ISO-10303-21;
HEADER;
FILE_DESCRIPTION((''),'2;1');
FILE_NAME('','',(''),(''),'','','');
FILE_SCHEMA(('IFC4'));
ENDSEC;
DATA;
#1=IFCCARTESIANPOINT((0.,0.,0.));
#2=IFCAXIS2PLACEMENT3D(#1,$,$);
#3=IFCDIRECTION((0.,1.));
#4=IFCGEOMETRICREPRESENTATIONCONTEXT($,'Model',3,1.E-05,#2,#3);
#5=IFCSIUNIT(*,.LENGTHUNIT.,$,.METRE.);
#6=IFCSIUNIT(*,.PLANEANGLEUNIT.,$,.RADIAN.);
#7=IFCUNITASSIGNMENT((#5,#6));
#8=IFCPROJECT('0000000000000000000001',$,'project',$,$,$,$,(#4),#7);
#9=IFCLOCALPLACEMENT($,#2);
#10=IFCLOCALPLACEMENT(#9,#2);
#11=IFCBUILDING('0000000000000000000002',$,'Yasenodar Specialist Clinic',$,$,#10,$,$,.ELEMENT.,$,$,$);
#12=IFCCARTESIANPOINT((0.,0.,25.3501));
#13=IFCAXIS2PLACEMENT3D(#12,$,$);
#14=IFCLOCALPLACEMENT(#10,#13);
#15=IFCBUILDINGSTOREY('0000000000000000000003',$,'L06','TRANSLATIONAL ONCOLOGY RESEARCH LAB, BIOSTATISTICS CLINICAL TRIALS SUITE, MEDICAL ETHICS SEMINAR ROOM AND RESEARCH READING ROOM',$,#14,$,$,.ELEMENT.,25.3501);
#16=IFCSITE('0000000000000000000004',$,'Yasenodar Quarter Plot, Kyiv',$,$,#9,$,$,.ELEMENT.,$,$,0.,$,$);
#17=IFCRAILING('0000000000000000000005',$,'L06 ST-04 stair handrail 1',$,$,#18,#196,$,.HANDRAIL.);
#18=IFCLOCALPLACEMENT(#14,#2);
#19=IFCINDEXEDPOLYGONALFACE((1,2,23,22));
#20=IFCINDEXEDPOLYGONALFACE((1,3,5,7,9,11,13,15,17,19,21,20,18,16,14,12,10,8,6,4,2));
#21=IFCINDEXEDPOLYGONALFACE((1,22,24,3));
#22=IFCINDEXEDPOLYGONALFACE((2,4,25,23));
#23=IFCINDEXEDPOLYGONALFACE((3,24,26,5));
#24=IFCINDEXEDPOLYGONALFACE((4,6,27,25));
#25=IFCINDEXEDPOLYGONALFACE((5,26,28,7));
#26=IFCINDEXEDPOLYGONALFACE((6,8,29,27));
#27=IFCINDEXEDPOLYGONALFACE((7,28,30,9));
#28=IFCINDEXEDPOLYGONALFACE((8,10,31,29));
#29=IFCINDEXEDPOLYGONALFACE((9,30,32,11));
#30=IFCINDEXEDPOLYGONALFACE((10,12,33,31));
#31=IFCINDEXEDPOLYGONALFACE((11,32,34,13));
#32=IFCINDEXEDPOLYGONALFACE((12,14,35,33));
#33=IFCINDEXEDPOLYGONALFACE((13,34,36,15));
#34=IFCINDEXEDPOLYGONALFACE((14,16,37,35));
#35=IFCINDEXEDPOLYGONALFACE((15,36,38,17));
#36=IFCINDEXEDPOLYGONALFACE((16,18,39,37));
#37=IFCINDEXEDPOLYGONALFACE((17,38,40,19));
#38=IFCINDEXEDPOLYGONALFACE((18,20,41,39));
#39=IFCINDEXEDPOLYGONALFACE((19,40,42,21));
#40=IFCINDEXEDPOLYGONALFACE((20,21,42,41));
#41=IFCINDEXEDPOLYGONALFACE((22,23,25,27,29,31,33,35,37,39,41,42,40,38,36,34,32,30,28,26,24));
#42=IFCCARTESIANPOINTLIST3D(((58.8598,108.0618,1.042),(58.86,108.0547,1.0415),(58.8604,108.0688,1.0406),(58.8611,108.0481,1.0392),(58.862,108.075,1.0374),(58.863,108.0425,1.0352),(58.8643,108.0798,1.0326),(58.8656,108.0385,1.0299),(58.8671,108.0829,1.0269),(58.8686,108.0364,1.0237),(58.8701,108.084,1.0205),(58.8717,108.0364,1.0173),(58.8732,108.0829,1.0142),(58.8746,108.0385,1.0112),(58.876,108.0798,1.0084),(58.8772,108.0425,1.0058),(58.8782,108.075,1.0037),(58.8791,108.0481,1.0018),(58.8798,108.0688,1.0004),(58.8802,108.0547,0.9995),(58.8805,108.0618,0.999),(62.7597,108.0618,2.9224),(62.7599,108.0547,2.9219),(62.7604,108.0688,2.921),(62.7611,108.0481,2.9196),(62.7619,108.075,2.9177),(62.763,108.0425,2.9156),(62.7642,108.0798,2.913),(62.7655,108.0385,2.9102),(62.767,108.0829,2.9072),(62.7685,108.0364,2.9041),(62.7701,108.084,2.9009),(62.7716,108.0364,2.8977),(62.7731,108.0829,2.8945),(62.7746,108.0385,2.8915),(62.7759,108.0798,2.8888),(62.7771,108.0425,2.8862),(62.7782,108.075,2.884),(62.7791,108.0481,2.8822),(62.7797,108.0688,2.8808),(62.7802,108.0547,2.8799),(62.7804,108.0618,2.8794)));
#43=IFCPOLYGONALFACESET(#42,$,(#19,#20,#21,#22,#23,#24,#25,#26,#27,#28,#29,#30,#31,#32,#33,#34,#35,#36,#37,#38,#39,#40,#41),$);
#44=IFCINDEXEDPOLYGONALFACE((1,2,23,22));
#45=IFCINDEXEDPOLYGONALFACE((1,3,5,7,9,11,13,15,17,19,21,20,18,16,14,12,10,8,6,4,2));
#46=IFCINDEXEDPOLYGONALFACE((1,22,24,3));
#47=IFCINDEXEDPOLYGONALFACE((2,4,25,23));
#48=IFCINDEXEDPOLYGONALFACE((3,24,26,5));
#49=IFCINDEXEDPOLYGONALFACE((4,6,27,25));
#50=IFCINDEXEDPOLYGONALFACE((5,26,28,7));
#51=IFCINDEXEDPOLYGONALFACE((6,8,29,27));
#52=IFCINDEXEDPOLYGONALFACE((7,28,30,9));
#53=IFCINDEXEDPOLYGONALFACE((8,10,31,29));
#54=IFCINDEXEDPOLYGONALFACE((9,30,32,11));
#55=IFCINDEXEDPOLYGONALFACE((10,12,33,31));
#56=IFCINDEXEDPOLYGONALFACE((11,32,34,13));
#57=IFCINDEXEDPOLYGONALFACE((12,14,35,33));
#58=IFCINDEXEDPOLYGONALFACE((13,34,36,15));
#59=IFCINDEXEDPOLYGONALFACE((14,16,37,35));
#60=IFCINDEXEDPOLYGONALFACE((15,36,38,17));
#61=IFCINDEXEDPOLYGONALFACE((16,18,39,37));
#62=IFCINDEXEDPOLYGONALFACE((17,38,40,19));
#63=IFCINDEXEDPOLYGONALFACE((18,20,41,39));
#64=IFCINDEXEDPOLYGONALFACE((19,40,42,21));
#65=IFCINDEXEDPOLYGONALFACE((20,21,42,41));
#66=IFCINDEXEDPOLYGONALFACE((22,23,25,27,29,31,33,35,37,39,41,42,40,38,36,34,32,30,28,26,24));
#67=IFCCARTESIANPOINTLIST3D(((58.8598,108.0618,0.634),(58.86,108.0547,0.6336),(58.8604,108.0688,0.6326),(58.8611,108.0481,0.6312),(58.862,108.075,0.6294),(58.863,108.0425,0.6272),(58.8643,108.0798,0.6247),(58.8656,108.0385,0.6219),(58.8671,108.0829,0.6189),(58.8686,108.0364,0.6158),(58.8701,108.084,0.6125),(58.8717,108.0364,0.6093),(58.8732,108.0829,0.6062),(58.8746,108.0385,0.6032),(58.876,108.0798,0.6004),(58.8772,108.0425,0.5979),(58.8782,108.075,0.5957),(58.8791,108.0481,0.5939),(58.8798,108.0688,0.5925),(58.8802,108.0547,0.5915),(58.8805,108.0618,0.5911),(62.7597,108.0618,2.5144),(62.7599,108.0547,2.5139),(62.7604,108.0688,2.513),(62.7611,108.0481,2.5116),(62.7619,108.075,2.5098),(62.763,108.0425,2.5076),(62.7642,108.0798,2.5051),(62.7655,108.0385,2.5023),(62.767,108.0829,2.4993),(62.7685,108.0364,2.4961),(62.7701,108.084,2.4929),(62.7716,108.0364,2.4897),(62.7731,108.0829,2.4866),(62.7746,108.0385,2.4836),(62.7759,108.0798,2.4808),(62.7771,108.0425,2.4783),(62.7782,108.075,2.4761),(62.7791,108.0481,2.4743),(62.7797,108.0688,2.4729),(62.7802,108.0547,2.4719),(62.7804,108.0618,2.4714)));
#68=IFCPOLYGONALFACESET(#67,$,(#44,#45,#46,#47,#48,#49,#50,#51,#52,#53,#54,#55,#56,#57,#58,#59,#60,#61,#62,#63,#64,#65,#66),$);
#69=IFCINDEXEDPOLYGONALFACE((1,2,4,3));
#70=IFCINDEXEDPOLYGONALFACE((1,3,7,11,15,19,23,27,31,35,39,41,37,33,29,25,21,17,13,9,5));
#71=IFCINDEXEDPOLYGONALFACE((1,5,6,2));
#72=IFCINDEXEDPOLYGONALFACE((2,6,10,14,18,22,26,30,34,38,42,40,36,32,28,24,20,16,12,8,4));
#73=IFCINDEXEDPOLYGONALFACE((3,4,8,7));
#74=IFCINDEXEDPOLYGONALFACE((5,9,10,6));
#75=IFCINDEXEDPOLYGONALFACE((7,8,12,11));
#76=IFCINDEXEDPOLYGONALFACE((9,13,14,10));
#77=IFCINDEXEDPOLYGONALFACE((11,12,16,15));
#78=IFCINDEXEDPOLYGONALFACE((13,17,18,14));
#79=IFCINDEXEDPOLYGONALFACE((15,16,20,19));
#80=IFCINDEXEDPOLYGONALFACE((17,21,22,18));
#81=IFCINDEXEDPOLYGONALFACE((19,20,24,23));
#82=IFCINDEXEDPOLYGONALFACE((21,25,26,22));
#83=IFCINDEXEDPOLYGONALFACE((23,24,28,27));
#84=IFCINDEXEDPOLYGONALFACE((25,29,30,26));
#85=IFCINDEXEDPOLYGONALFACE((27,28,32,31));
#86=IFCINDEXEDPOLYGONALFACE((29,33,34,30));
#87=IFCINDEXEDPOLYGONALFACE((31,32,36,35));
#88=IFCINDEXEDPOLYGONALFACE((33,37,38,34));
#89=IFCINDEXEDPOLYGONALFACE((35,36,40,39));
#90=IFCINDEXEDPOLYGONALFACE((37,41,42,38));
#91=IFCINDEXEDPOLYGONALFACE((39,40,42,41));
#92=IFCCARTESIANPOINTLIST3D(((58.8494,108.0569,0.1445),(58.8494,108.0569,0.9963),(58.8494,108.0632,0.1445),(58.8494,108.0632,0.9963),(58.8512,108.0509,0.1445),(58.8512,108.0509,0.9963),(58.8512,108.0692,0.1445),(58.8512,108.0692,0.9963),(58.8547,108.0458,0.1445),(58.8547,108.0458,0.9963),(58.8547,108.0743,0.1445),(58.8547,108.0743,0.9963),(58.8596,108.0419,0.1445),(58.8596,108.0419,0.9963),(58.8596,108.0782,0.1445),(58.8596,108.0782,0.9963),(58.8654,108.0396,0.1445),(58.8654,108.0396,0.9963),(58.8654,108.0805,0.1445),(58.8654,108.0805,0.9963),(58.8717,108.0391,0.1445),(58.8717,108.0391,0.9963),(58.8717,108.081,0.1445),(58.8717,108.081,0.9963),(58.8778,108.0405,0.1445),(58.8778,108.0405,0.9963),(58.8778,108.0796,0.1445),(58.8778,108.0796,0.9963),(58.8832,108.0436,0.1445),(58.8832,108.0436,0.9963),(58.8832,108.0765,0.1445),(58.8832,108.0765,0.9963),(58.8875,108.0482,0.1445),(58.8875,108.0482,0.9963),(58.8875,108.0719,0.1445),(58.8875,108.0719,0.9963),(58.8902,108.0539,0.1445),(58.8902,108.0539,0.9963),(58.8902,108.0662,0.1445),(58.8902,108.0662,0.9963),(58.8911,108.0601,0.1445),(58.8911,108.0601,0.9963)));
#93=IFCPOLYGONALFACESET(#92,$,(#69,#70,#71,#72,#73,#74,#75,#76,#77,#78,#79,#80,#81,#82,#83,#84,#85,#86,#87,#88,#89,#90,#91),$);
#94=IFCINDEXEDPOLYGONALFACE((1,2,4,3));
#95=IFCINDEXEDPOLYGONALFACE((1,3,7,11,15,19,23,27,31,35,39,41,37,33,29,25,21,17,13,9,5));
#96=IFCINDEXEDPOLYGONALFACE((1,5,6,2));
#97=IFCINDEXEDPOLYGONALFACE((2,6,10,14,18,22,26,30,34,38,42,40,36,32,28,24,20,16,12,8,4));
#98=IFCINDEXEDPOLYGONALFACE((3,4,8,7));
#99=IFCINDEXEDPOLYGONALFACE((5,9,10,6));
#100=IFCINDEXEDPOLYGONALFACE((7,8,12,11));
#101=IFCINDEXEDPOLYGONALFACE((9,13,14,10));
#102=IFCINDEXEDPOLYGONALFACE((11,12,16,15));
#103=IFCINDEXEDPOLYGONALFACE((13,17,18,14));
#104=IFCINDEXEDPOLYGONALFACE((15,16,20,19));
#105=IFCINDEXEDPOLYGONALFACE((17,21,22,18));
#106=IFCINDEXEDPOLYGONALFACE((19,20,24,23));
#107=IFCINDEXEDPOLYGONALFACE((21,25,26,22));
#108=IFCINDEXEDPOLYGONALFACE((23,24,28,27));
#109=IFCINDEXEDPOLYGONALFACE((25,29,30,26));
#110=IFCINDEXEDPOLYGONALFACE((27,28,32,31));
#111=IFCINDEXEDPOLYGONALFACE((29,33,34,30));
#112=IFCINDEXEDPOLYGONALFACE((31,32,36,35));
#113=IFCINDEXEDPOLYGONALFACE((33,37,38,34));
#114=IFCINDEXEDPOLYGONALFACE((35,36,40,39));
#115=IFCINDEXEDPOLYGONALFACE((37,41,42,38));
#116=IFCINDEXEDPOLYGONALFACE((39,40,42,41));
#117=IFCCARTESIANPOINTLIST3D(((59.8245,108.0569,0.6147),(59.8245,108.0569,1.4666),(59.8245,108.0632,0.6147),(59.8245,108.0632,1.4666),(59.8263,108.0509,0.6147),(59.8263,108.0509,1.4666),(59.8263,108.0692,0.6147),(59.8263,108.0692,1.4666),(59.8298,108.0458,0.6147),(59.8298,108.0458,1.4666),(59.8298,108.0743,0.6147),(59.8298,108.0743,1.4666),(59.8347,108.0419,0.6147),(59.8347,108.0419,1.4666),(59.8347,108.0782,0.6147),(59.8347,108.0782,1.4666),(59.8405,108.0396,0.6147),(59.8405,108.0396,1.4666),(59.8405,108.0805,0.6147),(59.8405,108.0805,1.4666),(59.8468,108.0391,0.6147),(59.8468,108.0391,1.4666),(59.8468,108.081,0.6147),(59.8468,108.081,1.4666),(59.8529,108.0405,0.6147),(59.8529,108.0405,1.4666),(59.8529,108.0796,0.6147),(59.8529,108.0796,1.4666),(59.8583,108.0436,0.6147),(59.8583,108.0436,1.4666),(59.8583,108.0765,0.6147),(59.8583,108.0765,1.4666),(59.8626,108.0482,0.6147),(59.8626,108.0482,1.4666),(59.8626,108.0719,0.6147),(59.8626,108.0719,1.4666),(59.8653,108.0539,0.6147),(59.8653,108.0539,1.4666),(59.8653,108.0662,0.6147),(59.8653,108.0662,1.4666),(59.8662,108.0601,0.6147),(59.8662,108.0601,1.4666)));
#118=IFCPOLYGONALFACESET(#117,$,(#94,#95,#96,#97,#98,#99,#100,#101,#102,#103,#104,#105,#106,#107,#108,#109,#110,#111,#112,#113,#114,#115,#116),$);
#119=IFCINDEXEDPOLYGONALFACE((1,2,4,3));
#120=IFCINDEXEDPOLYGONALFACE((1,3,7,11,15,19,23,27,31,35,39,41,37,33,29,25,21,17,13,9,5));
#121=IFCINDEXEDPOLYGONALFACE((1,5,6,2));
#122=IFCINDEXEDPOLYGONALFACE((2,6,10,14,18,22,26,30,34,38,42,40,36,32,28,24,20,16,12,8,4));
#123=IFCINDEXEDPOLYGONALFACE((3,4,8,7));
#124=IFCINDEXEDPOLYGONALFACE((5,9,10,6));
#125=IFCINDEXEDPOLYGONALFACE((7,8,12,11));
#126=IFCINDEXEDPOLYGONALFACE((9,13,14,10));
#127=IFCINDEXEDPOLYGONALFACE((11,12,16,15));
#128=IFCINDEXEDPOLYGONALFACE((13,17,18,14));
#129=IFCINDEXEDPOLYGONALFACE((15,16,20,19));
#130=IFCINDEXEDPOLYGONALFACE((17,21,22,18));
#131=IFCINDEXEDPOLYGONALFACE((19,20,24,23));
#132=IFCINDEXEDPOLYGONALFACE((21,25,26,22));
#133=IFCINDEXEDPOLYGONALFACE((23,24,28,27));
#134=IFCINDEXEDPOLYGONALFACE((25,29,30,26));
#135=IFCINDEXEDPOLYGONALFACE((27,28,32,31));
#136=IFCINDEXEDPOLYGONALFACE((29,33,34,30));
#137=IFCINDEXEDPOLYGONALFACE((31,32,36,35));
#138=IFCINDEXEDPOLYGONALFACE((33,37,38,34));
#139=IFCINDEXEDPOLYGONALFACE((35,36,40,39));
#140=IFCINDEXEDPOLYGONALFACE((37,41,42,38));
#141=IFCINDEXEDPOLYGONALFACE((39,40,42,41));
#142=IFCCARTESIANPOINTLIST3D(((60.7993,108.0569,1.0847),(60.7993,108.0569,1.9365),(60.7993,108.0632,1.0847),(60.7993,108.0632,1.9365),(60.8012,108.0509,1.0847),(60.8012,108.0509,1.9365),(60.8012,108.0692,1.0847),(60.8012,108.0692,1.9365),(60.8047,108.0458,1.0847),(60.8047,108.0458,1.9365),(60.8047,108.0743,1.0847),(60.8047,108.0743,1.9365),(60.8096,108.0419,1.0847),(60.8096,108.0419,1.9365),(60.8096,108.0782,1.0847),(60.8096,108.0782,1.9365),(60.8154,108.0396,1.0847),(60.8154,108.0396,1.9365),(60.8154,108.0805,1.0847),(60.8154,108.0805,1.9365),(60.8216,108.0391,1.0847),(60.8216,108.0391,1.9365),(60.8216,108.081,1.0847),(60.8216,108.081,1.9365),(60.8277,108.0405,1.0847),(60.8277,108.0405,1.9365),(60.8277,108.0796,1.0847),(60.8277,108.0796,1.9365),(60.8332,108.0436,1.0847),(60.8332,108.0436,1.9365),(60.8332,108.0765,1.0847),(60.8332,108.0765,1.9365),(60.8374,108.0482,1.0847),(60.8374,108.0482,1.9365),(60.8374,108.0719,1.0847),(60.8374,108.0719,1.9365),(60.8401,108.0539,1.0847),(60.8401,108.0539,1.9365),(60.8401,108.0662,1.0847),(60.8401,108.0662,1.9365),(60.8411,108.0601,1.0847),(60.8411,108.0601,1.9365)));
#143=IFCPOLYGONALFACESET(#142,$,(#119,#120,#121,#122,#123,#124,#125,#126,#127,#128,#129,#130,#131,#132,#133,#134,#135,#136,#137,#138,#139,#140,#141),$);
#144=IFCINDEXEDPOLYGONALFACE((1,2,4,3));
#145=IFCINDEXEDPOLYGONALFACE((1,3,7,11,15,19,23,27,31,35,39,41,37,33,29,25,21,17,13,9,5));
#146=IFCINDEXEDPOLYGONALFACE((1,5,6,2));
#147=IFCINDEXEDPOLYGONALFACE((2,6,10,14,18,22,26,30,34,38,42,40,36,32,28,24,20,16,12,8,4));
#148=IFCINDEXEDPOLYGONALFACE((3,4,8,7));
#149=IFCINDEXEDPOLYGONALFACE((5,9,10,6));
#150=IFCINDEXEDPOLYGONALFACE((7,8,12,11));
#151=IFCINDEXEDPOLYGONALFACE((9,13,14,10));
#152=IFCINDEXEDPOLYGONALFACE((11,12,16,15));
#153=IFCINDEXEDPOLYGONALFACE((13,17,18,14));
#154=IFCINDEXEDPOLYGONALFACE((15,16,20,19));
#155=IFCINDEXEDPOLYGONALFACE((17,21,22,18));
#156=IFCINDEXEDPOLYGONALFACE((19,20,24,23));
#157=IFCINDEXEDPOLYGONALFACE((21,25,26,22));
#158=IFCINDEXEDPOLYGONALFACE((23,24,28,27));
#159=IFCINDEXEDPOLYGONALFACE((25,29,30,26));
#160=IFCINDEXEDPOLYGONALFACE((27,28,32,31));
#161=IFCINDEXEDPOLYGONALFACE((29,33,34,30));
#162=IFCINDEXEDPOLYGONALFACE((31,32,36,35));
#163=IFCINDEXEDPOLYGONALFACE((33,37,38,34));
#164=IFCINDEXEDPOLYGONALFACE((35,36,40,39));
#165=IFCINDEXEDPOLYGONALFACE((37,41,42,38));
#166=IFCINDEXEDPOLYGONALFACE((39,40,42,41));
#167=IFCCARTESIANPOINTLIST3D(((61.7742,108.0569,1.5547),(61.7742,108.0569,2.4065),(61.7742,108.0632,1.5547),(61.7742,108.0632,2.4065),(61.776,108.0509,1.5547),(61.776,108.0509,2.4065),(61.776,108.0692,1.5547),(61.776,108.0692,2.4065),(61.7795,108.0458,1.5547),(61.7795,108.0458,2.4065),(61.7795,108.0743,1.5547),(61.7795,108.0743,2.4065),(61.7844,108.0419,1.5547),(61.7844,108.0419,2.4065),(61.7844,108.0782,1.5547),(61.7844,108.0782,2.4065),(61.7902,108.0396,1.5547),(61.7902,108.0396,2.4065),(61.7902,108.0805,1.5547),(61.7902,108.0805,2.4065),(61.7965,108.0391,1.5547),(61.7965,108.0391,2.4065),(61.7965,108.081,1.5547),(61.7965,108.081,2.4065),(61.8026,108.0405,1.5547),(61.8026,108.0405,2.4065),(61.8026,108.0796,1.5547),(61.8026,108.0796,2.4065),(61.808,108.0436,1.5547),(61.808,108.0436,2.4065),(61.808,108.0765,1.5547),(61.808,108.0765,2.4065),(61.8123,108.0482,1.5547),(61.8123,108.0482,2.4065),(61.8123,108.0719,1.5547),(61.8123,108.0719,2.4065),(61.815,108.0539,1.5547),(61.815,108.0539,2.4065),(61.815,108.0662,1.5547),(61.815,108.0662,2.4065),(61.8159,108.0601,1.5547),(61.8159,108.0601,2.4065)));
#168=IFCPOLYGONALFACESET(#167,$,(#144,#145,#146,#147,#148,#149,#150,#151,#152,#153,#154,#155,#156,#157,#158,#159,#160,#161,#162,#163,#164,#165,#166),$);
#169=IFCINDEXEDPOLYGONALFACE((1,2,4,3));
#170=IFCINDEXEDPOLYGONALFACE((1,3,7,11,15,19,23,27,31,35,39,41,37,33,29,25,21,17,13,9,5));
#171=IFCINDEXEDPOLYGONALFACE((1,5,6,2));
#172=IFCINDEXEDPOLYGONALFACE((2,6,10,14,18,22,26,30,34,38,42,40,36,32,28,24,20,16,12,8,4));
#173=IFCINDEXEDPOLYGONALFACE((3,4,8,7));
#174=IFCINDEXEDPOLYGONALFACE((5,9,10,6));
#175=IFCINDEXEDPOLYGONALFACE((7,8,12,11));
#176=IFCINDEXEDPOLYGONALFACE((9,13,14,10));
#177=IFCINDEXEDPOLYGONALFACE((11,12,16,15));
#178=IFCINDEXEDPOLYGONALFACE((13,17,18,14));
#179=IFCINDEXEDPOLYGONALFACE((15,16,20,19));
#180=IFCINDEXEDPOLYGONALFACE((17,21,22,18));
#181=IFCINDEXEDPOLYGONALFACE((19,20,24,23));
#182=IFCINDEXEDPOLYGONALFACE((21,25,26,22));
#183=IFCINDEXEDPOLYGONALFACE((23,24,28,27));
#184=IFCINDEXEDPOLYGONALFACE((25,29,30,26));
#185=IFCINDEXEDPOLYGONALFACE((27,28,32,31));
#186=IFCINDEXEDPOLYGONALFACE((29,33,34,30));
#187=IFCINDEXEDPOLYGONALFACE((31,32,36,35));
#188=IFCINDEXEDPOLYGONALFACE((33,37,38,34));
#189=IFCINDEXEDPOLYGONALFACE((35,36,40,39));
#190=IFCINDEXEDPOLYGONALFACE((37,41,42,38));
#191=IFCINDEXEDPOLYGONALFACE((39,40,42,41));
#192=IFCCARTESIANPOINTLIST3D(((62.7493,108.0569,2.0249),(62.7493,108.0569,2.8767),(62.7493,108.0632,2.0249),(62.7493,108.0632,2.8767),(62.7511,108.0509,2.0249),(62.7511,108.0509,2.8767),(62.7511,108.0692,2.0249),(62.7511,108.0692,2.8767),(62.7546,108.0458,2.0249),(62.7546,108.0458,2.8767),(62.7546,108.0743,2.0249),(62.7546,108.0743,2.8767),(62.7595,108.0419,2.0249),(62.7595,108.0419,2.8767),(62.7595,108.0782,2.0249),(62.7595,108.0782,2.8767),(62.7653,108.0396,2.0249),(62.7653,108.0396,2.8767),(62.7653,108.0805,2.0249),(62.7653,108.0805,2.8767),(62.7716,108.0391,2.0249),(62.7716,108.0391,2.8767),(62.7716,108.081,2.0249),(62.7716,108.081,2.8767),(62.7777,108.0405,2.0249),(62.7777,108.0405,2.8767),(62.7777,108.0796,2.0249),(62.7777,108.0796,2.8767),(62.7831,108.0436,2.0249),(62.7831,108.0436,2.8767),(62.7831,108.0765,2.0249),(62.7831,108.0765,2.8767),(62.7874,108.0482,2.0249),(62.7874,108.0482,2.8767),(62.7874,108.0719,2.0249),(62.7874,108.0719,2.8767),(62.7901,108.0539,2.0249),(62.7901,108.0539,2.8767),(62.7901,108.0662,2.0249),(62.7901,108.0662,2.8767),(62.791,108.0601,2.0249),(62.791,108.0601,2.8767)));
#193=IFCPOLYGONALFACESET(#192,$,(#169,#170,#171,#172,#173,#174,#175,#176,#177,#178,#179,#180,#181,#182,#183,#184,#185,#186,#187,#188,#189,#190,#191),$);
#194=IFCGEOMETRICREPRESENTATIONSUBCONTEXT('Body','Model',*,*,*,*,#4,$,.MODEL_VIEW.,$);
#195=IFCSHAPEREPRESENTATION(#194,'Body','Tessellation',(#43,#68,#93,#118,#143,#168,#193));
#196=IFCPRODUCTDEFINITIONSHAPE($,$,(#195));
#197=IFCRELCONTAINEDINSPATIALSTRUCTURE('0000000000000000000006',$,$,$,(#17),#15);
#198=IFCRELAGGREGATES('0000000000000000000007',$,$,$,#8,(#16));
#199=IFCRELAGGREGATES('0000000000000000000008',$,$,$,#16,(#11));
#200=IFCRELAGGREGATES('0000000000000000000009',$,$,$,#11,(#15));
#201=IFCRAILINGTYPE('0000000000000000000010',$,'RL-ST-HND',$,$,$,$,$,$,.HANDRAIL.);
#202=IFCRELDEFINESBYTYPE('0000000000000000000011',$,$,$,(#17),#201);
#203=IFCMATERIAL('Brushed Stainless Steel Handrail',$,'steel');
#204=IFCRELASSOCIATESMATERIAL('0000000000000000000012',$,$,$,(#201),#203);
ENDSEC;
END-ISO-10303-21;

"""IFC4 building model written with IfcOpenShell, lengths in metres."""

from ifc_helpers import new_model, si_unit, direction, frame, origin, origin_2d, place, context, subcontext, project, spatial, circle, extrude, material, type_object, element, save


model = new_model("IFC4")

# Units and contexts
model_context = context("Model", 3, precision=1e-05, world=origin(), true_north=direction((0.0, 1.0)))
body_context = subcontext(model_context, "Body", "Model", "MODEL_VIEW")
ifc_project = project(units=[si_unit("LENGTHUNIT", "METRE"), si_unit("PLANEANGLEUNIT", "RADIAN")], contexts=[model_context])

# Site, building, storey
site_placement = place(None, origin())
site = spatial("IfcSite", under=ifc_project, at=site_placement, Name="Yasenodar Quarter Plot, Kyiv", CompositionType="ELEMENT", RefElevation=0.0)
building_placement = place(site_placement, origin())
building = spatial("IfcBuilding", under=site, at=building_placement, Name="Yasenodar Specialist Clinic", CompositionType="ELEMENT")
storey_placement = place(building_placement, frame((0.0, 0.0, 25.3501)))
storey = spatial("IfcBuildingStorey", under=building, at=storey_placement, Name="L06", Description="TRANSLATIONAL ONCOLOGY RESEARCH LAB, BIOSTATISTICS CLINICAL TRIALS SUITE, MEDICAL ETHICS SEMINAR ROOM AND RESEARCH READING ROOM", CompositionType="ELEMENT", Elevation=25.3501)

# Railing
ifc_material_1 = material(Name="Brushed Stainless Steel Handrail", Category="steel")
railing_type_1 = type_object("IfcRailingType", Name="RL-ST-HND", PredefinedType="HANDRAIL", material=ifc_material_1)
railing_1_placement = place(storey_placement, frame((58.8701, 108.0601, 0.1445)))
element("IfcRailing", 1, at=railing_1_placement, inside=storey, type_object=railing_type_1, Name="L06 ST-04 stair handrail 1", PredefinedType="HANDRAIL", context=body_context, shape_type="SweptSolid", body=[
    extrude(circle(Radius=0.0239, at=origin_2d()), frame((0.0, 0.0, 0.876), z_axis=(0.900763, 0.0, 0.434311), x_axis=(0.0, 1.0, 0.0)), (0.0, 0.0, 1.0), 4.3296),
    extrude(circle(Radius=0.0239, at=origin_2d()), frame((0.0, 0.0, 0.468), z_axis=(0.900763, 0.0, 0.434311), x_axis=(0.0, 1.0, 0.0)), (0.0, 0.0, 1.0), 4.3296),
    extrude(circle(Radius=0.021, at=origin_2d()), origin(), (0.0, 0.0, 1.0), 0.8518),
    extrude(circle(Radius=0.021, at=origin_2d()), frame((0.9751, 0.0, 0.4702)), (0.0, 0.0, 1.0), 0.8518),
    extrude(circle(Radius=0.021, at=origin_2d()), frame((1.95, 0.0, 0.9402)), (0.0, 0.0, 1.0), 0.8518),
    extrude(circle(Radius=0.021, at=origin_2d()), frame((2.9248, 0.0, 1.4102)), (0.0, 0.0, 1.0), 0.8518),
    extrude(circle(Radius=0.021, at=origin_2d()), frame((3.8999, 0.0, 1.8804)), (0.0, 0.0, 1.0), 0.8518),
])

save(model, "model.ifc")
